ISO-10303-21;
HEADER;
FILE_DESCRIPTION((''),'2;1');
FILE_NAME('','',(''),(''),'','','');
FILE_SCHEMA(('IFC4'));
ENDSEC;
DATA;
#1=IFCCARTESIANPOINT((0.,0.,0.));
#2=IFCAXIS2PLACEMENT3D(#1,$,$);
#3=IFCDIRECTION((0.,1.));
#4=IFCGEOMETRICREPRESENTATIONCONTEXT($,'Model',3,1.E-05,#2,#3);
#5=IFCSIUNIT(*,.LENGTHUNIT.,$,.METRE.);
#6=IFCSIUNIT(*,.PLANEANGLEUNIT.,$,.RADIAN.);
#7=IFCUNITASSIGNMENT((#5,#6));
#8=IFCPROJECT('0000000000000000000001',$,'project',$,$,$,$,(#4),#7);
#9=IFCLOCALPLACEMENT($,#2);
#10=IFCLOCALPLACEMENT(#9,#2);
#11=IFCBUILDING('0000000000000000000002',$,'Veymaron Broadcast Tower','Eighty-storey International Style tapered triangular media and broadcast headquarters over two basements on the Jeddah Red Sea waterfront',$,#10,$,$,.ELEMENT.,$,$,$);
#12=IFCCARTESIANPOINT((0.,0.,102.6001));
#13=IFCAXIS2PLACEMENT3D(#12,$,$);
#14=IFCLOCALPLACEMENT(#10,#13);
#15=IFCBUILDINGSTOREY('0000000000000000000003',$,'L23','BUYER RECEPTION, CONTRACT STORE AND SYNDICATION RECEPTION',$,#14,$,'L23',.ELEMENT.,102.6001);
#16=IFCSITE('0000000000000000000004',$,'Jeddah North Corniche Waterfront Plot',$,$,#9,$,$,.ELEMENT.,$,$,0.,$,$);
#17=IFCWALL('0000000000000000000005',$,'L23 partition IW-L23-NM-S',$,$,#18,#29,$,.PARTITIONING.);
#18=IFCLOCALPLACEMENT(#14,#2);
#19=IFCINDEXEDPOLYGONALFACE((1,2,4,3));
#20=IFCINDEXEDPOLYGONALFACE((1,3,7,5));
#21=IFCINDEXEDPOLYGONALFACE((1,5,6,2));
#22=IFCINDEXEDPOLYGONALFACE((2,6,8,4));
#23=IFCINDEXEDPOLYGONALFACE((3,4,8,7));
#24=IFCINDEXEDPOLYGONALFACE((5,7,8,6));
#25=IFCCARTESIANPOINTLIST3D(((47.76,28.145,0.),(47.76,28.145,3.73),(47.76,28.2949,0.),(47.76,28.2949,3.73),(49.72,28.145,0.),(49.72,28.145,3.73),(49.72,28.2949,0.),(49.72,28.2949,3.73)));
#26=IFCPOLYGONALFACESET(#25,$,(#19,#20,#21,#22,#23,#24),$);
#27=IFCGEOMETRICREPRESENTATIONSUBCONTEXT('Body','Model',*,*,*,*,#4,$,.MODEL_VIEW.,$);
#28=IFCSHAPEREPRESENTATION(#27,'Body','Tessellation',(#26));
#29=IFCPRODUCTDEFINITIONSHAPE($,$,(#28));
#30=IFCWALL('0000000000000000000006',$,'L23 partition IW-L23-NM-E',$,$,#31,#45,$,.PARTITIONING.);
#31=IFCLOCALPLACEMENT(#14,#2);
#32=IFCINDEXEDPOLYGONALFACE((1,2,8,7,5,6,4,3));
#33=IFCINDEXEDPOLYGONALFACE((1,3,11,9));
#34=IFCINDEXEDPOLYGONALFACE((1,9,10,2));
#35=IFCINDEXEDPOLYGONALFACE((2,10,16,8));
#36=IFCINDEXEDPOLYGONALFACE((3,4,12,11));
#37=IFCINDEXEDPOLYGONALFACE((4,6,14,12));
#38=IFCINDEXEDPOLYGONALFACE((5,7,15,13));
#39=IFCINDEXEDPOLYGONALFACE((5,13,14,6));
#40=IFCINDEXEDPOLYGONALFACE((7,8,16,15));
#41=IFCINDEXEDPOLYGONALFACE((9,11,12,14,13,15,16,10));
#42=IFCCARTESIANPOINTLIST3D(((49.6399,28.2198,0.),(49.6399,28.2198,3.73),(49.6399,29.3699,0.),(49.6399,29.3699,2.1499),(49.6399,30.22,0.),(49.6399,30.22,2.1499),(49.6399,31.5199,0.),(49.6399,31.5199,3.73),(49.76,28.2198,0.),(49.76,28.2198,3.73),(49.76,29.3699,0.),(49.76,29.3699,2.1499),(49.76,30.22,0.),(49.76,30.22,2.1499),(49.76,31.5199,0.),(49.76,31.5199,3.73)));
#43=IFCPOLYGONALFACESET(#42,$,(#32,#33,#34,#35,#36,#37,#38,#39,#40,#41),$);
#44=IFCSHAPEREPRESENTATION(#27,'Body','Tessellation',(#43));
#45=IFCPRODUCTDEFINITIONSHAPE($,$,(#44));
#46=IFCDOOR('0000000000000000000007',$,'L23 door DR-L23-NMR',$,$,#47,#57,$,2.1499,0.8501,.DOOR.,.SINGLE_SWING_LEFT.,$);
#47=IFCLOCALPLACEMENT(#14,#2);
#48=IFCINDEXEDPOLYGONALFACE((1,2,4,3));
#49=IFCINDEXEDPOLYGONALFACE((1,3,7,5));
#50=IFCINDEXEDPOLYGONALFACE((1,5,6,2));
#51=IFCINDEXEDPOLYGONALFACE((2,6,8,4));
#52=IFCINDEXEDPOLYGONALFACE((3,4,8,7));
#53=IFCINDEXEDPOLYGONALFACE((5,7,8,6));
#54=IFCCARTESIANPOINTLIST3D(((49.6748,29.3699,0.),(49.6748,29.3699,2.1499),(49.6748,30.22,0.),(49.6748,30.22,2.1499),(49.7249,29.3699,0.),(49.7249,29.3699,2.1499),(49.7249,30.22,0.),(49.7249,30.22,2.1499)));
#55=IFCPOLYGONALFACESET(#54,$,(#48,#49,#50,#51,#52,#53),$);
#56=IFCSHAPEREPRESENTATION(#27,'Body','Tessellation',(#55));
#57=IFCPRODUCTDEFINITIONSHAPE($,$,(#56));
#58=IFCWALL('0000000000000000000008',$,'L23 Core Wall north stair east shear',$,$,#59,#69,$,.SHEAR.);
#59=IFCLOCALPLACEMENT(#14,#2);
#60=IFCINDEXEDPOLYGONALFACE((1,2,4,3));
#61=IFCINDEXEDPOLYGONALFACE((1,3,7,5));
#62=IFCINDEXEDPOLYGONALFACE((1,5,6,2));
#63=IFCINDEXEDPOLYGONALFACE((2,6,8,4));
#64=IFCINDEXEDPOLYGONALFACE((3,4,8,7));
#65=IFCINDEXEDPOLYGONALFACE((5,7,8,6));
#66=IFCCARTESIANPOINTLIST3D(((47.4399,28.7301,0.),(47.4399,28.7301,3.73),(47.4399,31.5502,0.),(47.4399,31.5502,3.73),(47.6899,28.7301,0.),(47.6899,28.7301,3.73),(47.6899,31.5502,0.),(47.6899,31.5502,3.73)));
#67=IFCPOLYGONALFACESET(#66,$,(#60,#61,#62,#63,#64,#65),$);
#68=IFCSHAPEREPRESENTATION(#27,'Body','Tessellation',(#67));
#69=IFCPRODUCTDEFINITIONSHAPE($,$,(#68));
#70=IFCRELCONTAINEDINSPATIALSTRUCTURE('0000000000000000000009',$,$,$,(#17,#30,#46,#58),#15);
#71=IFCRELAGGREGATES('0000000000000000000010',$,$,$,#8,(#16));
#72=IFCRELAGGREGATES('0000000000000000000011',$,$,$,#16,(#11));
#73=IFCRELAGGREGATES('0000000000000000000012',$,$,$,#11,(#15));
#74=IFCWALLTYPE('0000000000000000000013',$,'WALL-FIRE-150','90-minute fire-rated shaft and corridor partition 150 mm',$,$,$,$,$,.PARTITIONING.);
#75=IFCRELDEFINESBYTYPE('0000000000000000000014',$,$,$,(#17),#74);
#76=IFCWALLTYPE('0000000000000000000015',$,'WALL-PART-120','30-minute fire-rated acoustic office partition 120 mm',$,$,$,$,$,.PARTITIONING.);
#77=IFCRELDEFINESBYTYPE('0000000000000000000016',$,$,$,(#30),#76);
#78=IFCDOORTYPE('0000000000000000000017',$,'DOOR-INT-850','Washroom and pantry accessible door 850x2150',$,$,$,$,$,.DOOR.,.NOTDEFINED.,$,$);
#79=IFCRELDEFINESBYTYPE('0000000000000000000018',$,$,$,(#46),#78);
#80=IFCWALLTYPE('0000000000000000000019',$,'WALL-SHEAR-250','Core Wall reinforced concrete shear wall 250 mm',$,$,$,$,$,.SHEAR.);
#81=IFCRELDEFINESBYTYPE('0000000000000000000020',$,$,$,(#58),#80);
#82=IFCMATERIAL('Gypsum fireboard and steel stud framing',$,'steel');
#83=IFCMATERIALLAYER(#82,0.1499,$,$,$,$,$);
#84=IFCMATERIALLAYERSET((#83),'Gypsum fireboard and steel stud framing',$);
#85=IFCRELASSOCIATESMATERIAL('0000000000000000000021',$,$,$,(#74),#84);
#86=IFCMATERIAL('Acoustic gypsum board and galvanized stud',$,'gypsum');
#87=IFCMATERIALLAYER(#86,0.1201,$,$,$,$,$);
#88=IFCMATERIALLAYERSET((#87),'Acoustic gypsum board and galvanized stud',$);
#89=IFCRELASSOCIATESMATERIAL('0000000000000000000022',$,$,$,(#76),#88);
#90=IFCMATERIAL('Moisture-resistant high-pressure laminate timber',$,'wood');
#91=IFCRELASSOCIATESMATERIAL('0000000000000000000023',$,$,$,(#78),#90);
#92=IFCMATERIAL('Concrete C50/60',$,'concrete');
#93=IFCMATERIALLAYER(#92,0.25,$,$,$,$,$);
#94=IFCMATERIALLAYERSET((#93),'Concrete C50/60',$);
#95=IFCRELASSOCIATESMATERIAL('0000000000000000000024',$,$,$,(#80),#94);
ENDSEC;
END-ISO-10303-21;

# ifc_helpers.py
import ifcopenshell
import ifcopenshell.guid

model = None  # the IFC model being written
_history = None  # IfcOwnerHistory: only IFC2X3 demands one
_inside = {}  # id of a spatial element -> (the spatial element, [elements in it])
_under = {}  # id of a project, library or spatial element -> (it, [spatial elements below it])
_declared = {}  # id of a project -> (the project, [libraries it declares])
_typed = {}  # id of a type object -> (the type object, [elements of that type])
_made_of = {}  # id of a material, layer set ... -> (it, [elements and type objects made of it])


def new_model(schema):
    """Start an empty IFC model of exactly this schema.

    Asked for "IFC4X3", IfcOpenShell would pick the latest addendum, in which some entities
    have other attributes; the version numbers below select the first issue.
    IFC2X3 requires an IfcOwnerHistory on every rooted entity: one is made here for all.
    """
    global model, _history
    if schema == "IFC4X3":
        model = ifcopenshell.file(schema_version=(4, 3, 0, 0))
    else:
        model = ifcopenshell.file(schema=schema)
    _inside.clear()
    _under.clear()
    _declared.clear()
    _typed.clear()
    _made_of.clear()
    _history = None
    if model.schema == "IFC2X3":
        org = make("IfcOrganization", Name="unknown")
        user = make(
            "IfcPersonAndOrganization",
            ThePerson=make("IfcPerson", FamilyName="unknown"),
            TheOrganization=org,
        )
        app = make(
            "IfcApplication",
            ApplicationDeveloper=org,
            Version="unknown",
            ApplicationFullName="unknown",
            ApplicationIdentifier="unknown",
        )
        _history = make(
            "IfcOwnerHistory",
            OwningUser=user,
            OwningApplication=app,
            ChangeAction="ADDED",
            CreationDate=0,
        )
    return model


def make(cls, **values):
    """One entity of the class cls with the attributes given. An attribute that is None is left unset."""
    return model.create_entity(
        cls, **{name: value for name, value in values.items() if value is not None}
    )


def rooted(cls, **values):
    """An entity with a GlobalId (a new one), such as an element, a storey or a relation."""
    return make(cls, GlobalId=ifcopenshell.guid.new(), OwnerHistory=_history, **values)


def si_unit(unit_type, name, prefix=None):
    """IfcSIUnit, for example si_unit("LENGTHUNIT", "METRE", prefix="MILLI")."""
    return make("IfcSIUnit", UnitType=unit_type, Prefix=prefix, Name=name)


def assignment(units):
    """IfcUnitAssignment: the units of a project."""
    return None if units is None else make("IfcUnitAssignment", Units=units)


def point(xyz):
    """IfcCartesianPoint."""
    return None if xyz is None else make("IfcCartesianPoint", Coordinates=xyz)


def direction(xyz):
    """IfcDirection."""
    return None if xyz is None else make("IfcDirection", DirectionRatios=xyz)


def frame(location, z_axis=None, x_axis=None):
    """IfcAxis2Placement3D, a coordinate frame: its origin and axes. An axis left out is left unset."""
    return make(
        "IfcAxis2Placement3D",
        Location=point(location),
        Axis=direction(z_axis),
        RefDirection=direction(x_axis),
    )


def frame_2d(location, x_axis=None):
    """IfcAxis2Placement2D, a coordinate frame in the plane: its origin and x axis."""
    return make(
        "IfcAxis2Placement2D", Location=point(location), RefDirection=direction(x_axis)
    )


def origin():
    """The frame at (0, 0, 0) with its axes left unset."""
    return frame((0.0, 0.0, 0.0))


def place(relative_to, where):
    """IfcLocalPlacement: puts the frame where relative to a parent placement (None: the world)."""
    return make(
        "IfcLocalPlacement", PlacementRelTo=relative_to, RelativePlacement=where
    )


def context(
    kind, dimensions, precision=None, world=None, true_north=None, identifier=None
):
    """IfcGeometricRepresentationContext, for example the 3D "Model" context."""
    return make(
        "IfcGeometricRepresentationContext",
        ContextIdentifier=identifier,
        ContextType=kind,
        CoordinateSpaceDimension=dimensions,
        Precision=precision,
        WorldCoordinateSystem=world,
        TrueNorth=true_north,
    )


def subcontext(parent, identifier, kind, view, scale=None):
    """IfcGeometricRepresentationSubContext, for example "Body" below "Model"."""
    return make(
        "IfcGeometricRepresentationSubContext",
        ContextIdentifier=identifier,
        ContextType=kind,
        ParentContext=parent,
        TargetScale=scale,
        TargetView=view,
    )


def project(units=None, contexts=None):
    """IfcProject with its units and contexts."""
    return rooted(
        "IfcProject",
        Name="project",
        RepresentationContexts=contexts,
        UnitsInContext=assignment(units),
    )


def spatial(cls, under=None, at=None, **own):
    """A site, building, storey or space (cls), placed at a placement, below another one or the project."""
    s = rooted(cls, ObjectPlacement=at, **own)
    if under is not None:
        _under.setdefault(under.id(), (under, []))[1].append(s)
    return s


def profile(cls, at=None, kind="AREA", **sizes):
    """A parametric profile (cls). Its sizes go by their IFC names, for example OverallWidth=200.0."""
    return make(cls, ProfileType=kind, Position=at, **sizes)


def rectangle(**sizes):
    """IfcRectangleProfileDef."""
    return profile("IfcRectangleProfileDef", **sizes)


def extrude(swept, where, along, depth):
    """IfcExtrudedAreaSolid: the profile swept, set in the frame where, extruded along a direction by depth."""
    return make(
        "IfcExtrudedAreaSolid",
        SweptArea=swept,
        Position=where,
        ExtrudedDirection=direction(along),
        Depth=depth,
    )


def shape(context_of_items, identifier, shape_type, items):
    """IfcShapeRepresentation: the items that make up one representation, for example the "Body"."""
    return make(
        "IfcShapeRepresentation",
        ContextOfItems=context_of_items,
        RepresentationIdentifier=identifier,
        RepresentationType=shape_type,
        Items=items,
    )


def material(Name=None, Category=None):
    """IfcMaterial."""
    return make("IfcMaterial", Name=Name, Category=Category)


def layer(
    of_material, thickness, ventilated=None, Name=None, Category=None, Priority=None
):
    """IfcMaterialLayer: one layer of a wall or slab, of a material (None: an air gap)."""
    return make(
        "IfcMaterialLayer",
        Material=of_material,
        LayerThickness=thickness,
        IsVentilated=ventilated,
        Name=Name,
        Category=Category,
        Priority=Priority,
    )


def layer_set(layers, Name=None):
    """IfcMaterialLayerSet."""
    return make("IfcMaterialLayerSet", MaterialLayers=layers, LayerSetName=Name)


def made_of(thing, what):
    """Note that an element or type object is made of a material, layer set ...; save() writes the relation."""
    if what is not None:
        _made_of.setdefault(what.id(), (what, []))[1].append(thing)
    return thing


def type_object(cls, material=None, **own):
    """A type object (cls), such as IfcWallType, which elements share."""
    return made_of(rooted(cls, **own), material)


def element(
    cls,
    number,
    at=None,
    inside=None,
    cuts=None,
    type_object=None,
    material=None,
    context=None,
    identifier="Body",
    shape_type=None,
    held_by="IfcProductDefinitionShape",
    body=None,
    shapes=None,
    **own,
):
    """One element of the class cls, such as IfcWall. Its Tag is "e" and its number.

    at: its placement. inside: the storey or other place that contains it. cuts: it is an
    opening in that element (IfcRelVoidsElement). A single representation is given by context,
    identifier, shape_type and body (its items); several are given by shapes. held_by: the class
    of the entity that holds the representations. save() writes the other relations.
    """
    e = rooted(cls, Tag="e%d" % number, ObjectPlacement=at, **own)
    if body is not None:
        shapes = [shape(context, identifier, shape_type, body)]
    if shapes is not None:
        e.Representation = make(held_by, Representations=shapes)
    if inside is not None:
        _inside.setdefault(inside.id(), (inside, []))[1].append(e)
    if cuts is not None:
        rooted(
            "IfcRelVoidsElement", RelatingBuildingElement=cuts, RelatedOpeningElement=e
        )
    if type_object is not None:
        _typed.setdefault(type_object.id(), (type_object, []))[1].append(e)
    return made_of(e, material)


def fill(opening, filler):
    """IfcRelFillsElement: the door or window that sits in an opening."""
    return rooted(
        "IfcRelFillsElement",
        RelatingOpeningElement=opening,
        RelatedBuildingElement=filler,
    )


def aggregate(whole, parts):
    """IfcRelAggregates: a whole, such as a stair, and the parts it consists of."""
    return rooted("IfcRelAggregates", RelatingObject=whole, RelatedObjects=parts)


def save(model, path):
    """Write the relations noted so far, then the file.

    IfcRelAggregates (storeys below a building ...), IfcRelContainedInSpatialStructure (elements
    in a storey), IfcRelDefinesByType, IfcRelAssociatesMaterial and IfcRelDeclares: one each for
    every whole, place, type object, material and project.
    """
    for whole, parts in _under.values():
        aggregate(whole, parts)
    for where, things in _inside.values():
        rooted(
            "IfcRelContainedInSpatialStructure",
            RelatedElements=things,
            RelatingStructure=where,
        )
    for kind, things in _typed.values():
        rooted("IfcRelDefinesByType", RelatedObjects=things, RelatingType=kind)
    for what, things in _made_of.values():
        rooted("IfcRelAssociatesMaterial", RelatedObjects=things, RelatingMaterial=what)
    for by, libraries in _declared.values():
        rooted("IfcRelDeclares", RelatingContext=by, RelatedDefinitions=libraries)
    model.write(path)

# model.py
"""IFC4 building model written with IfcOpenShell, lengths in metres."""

from ifc_helpers import new_model, si_unit, direction, frame, frame_2d, origin, place, context, subcontext, project, spatial, rectangle, extrude, material, layer, layer_set, type_object, element, fill, save


model = new_model("IFC4")

# Units and contexts
model_context = context("Model", 3, precision=1e-05, world=origin(), true_north=direction((0.0, 1.0)))
body_context = subcontext(model_context, "Body", "Model", "MODEL_VIEW")
ifc_project = project(units=[si_unit("LENGTHUNIT", "METRE"), si_unit("PLANEANGLEUNIT", "RADIAN")], contexts=[model_context])

# Site, building, storey
site_placement = place(None, origin())
site = spatial("IfcSite", under=ifc_project, at=site_placement, Name="Jeddah North Corniche Waterfront Plot", CompositionType="ELEMENT", RefElevation=0.0)
building_placement = place(site_placement, origin())
building = spatial("IfcBuilding", under=site, at=building_placement, Name="Veymaron Broadcast Tower", Description="Eighty-storey International Style tapered triangular media and broadcast headquarters over two basements on the Jeddah Red Sea waterfront", CompositionType="ELEMENT")
storey_placement = place(building_placement, frame((0.0, 0.0, 102.6001)))
storey = spatial("IfcBuildingStorey", under=building, at=storey_placement, Name="L23", Description="BUYER RECEPTION, CONTRACT STORE AND SYNDICATION RECEPTION", LongName="L23", CompositionType="ELEMENT", Elevation=102.6001)

# Shared definitions
ifc_material_1 = material(Name="Gypsum fireboard and steel stud framing", Category="steel")
ifc_layer_1 = layer(ifc_material_1, 0.1499)
ifc_layer_set_1 = layer_set([ifc_layer_1], Name="Gypsum fireboard and steel stud framing")
wall_type_1 = type_object("IfcWallType", Name="WALL-FIRE-150", Description="90-minute fire-rated shaft and corridor partition 150 mm", PredefinedType="PARTITIONING", material=ifc_layer_set_1)

# Wall
wall_1_placement = place(storey_placement, frame((47.76, 28.22, 0.0), z_axis=(0.0, 0.0, 1.0), x_axis=(1.0, 0.0, 0.0)))
element("IfcWall", 1, at=wall_1_placement, inside=storey, type_object=wall_type_1, Name="L23 partition IW-L23-NM-S", PredefinedType="PARTITIONING", context=body_context, shape_type="SweptSolid", body=[
    extrude(rectangle(XDim=1.96, YDim=0.1499, at=frame_2d((0.98, 0.0))), origin(), (0.0, 0.0, 1.0), 3.73),
])

# Wall, opening, door
ifc_material_2 = material(Name="Acoustic gypsum board and galvanized stud", Category="gypsum")
ifc_layer_2 = layer(ifc_material_2, 0.1201)
ifc_layer_set_2 = layer_set([ifc_layer_2], Name="Acoustic gypsum board and galvanized stud")
wall_type_2 = type_object("IfcWallType", Name="WALL-PART-120", Description="30-minute fire-rated acoustic office partition 120 mm", PredefinedType="PARTITIONING", material=ifc_layer_set_2)
wall_2_placement = place(storey_placement, frame((49.7, 28.22, 0.0), z_axis=(0.0, 0.0, 1.0), x_axis=(0.0, 1.0, 0.0)))
wall_2 = element("IfcWall", 2, at=wall_2_placement, inside=storey, type_object=wall_type_2, Name="L23 partition IW-L23-NM-E", PredefinedType="PARTITIONING", context=body_context, shape_type="SweptSolid", body=[
    extrude(rectangle(XDim=3.3, YDim=0.1201, at=frame_2d((1.6499, 0.0))), origin(), (0.0, 0.0, 1.0), 3.73),
])
opening_1_placement = place(wall_2_placement, frame((1.1499, 0.0, 0.0)))
opening_1 = element("IfcOpeningElement", 3, at=opening_1_placement, cuts=wall_2, PredefinedType="OPENING", context=body_context, shape_type="SweptSolid", body=[
    extrude(rectangle(XDim=0.8501, YDim=2.1499, at=frame_2d((0.425, 1.075))), frame((0.0, 0.0701, 0.0), z_axis=(0.0, -1.0, 0.0), x_axis=(1.0, 0.0, 0.0)), (0.0, 0.0, 1.0), 0.1401),
])
ifc_material_3 = material(Name="Moisture-resistant high-pressure laminate timber", Category="wood")
door_type_1 = type_object("IfcDoorType", Name="DOOR-INT-850", Description="Washroom and pantry accessible door 850x2150", OperationType="NOTDEFINED", PredefinedType="DOOR", material=ifc_material_3)
door_1_placement = place(opening_1_placement, frame((0.8501, 0.0, 0.0), z_axis=(0.0, 0.0, 1.0), x_axis=(-1.0, 0.0, 0.0)))
door_1 = element("IfcDoor", 4, at=door_1_placement, inside=storey, type_object=door_type_1, Name="L23 door DR-L23-NMR", OperationType="SINGLE_SWING_LEFT", OverallHeight=2.1499, OverallWidth=0.8501, PredefinedType="DOOR", context=body_context, shape_type="SweptSolid", body=[
    extrude(rectangle(XDim=0.8501, YDim=2.1499, at=frame_2d((0.425, 1.075))), frame((0.0, 0.0249, 0.0), z_axis=(0.0, -1.0, 0.0), x_axis=(1.0, 0.0, 0.0)), (0.0, 0.0, 1.0), 0.05),
])
fill(opening_1, door_1)

# Wall
ifc_material_4 = material(Name="Concrete C50/60", Category="concrete")
ifc_layer_3 = layer(ifc_material_4, 0.25)
ifc_layer_set_3 = layer_set([ifc_layer_3], Name="Concrete C50/60")
wall_type_3 = type_object("IfcWallType", Name="WALL-SHEAR-250", Description="Core Wall reinforced concrete shear wall 250 mm", PredefinedType="SHEAR", material=ifc_layer_set_3)
wall_3_placement = place(storey_placement, frame((47.5649, 28.73, 0.0), z_axis=(0.0, 0.0, 1.0), x_axis=(0.0, 1.0, 0.0)))
element("IfcWall", 5, at=wall_3_placement, inside=storey, type_object=wall_type_3, Name="L23 Core Wall north stair east shear", PredefinedType="SHEAR", context=body_context, shape_type="SweptSolid", body=[
    extrude(rectangle(XDim=2.8201, YDim=0.25, at=frame_2d((1.4102, 0.0))), origin(), (0.0, 0.0, 1.0), 3.73),
])

save(model, "model.ifc")
